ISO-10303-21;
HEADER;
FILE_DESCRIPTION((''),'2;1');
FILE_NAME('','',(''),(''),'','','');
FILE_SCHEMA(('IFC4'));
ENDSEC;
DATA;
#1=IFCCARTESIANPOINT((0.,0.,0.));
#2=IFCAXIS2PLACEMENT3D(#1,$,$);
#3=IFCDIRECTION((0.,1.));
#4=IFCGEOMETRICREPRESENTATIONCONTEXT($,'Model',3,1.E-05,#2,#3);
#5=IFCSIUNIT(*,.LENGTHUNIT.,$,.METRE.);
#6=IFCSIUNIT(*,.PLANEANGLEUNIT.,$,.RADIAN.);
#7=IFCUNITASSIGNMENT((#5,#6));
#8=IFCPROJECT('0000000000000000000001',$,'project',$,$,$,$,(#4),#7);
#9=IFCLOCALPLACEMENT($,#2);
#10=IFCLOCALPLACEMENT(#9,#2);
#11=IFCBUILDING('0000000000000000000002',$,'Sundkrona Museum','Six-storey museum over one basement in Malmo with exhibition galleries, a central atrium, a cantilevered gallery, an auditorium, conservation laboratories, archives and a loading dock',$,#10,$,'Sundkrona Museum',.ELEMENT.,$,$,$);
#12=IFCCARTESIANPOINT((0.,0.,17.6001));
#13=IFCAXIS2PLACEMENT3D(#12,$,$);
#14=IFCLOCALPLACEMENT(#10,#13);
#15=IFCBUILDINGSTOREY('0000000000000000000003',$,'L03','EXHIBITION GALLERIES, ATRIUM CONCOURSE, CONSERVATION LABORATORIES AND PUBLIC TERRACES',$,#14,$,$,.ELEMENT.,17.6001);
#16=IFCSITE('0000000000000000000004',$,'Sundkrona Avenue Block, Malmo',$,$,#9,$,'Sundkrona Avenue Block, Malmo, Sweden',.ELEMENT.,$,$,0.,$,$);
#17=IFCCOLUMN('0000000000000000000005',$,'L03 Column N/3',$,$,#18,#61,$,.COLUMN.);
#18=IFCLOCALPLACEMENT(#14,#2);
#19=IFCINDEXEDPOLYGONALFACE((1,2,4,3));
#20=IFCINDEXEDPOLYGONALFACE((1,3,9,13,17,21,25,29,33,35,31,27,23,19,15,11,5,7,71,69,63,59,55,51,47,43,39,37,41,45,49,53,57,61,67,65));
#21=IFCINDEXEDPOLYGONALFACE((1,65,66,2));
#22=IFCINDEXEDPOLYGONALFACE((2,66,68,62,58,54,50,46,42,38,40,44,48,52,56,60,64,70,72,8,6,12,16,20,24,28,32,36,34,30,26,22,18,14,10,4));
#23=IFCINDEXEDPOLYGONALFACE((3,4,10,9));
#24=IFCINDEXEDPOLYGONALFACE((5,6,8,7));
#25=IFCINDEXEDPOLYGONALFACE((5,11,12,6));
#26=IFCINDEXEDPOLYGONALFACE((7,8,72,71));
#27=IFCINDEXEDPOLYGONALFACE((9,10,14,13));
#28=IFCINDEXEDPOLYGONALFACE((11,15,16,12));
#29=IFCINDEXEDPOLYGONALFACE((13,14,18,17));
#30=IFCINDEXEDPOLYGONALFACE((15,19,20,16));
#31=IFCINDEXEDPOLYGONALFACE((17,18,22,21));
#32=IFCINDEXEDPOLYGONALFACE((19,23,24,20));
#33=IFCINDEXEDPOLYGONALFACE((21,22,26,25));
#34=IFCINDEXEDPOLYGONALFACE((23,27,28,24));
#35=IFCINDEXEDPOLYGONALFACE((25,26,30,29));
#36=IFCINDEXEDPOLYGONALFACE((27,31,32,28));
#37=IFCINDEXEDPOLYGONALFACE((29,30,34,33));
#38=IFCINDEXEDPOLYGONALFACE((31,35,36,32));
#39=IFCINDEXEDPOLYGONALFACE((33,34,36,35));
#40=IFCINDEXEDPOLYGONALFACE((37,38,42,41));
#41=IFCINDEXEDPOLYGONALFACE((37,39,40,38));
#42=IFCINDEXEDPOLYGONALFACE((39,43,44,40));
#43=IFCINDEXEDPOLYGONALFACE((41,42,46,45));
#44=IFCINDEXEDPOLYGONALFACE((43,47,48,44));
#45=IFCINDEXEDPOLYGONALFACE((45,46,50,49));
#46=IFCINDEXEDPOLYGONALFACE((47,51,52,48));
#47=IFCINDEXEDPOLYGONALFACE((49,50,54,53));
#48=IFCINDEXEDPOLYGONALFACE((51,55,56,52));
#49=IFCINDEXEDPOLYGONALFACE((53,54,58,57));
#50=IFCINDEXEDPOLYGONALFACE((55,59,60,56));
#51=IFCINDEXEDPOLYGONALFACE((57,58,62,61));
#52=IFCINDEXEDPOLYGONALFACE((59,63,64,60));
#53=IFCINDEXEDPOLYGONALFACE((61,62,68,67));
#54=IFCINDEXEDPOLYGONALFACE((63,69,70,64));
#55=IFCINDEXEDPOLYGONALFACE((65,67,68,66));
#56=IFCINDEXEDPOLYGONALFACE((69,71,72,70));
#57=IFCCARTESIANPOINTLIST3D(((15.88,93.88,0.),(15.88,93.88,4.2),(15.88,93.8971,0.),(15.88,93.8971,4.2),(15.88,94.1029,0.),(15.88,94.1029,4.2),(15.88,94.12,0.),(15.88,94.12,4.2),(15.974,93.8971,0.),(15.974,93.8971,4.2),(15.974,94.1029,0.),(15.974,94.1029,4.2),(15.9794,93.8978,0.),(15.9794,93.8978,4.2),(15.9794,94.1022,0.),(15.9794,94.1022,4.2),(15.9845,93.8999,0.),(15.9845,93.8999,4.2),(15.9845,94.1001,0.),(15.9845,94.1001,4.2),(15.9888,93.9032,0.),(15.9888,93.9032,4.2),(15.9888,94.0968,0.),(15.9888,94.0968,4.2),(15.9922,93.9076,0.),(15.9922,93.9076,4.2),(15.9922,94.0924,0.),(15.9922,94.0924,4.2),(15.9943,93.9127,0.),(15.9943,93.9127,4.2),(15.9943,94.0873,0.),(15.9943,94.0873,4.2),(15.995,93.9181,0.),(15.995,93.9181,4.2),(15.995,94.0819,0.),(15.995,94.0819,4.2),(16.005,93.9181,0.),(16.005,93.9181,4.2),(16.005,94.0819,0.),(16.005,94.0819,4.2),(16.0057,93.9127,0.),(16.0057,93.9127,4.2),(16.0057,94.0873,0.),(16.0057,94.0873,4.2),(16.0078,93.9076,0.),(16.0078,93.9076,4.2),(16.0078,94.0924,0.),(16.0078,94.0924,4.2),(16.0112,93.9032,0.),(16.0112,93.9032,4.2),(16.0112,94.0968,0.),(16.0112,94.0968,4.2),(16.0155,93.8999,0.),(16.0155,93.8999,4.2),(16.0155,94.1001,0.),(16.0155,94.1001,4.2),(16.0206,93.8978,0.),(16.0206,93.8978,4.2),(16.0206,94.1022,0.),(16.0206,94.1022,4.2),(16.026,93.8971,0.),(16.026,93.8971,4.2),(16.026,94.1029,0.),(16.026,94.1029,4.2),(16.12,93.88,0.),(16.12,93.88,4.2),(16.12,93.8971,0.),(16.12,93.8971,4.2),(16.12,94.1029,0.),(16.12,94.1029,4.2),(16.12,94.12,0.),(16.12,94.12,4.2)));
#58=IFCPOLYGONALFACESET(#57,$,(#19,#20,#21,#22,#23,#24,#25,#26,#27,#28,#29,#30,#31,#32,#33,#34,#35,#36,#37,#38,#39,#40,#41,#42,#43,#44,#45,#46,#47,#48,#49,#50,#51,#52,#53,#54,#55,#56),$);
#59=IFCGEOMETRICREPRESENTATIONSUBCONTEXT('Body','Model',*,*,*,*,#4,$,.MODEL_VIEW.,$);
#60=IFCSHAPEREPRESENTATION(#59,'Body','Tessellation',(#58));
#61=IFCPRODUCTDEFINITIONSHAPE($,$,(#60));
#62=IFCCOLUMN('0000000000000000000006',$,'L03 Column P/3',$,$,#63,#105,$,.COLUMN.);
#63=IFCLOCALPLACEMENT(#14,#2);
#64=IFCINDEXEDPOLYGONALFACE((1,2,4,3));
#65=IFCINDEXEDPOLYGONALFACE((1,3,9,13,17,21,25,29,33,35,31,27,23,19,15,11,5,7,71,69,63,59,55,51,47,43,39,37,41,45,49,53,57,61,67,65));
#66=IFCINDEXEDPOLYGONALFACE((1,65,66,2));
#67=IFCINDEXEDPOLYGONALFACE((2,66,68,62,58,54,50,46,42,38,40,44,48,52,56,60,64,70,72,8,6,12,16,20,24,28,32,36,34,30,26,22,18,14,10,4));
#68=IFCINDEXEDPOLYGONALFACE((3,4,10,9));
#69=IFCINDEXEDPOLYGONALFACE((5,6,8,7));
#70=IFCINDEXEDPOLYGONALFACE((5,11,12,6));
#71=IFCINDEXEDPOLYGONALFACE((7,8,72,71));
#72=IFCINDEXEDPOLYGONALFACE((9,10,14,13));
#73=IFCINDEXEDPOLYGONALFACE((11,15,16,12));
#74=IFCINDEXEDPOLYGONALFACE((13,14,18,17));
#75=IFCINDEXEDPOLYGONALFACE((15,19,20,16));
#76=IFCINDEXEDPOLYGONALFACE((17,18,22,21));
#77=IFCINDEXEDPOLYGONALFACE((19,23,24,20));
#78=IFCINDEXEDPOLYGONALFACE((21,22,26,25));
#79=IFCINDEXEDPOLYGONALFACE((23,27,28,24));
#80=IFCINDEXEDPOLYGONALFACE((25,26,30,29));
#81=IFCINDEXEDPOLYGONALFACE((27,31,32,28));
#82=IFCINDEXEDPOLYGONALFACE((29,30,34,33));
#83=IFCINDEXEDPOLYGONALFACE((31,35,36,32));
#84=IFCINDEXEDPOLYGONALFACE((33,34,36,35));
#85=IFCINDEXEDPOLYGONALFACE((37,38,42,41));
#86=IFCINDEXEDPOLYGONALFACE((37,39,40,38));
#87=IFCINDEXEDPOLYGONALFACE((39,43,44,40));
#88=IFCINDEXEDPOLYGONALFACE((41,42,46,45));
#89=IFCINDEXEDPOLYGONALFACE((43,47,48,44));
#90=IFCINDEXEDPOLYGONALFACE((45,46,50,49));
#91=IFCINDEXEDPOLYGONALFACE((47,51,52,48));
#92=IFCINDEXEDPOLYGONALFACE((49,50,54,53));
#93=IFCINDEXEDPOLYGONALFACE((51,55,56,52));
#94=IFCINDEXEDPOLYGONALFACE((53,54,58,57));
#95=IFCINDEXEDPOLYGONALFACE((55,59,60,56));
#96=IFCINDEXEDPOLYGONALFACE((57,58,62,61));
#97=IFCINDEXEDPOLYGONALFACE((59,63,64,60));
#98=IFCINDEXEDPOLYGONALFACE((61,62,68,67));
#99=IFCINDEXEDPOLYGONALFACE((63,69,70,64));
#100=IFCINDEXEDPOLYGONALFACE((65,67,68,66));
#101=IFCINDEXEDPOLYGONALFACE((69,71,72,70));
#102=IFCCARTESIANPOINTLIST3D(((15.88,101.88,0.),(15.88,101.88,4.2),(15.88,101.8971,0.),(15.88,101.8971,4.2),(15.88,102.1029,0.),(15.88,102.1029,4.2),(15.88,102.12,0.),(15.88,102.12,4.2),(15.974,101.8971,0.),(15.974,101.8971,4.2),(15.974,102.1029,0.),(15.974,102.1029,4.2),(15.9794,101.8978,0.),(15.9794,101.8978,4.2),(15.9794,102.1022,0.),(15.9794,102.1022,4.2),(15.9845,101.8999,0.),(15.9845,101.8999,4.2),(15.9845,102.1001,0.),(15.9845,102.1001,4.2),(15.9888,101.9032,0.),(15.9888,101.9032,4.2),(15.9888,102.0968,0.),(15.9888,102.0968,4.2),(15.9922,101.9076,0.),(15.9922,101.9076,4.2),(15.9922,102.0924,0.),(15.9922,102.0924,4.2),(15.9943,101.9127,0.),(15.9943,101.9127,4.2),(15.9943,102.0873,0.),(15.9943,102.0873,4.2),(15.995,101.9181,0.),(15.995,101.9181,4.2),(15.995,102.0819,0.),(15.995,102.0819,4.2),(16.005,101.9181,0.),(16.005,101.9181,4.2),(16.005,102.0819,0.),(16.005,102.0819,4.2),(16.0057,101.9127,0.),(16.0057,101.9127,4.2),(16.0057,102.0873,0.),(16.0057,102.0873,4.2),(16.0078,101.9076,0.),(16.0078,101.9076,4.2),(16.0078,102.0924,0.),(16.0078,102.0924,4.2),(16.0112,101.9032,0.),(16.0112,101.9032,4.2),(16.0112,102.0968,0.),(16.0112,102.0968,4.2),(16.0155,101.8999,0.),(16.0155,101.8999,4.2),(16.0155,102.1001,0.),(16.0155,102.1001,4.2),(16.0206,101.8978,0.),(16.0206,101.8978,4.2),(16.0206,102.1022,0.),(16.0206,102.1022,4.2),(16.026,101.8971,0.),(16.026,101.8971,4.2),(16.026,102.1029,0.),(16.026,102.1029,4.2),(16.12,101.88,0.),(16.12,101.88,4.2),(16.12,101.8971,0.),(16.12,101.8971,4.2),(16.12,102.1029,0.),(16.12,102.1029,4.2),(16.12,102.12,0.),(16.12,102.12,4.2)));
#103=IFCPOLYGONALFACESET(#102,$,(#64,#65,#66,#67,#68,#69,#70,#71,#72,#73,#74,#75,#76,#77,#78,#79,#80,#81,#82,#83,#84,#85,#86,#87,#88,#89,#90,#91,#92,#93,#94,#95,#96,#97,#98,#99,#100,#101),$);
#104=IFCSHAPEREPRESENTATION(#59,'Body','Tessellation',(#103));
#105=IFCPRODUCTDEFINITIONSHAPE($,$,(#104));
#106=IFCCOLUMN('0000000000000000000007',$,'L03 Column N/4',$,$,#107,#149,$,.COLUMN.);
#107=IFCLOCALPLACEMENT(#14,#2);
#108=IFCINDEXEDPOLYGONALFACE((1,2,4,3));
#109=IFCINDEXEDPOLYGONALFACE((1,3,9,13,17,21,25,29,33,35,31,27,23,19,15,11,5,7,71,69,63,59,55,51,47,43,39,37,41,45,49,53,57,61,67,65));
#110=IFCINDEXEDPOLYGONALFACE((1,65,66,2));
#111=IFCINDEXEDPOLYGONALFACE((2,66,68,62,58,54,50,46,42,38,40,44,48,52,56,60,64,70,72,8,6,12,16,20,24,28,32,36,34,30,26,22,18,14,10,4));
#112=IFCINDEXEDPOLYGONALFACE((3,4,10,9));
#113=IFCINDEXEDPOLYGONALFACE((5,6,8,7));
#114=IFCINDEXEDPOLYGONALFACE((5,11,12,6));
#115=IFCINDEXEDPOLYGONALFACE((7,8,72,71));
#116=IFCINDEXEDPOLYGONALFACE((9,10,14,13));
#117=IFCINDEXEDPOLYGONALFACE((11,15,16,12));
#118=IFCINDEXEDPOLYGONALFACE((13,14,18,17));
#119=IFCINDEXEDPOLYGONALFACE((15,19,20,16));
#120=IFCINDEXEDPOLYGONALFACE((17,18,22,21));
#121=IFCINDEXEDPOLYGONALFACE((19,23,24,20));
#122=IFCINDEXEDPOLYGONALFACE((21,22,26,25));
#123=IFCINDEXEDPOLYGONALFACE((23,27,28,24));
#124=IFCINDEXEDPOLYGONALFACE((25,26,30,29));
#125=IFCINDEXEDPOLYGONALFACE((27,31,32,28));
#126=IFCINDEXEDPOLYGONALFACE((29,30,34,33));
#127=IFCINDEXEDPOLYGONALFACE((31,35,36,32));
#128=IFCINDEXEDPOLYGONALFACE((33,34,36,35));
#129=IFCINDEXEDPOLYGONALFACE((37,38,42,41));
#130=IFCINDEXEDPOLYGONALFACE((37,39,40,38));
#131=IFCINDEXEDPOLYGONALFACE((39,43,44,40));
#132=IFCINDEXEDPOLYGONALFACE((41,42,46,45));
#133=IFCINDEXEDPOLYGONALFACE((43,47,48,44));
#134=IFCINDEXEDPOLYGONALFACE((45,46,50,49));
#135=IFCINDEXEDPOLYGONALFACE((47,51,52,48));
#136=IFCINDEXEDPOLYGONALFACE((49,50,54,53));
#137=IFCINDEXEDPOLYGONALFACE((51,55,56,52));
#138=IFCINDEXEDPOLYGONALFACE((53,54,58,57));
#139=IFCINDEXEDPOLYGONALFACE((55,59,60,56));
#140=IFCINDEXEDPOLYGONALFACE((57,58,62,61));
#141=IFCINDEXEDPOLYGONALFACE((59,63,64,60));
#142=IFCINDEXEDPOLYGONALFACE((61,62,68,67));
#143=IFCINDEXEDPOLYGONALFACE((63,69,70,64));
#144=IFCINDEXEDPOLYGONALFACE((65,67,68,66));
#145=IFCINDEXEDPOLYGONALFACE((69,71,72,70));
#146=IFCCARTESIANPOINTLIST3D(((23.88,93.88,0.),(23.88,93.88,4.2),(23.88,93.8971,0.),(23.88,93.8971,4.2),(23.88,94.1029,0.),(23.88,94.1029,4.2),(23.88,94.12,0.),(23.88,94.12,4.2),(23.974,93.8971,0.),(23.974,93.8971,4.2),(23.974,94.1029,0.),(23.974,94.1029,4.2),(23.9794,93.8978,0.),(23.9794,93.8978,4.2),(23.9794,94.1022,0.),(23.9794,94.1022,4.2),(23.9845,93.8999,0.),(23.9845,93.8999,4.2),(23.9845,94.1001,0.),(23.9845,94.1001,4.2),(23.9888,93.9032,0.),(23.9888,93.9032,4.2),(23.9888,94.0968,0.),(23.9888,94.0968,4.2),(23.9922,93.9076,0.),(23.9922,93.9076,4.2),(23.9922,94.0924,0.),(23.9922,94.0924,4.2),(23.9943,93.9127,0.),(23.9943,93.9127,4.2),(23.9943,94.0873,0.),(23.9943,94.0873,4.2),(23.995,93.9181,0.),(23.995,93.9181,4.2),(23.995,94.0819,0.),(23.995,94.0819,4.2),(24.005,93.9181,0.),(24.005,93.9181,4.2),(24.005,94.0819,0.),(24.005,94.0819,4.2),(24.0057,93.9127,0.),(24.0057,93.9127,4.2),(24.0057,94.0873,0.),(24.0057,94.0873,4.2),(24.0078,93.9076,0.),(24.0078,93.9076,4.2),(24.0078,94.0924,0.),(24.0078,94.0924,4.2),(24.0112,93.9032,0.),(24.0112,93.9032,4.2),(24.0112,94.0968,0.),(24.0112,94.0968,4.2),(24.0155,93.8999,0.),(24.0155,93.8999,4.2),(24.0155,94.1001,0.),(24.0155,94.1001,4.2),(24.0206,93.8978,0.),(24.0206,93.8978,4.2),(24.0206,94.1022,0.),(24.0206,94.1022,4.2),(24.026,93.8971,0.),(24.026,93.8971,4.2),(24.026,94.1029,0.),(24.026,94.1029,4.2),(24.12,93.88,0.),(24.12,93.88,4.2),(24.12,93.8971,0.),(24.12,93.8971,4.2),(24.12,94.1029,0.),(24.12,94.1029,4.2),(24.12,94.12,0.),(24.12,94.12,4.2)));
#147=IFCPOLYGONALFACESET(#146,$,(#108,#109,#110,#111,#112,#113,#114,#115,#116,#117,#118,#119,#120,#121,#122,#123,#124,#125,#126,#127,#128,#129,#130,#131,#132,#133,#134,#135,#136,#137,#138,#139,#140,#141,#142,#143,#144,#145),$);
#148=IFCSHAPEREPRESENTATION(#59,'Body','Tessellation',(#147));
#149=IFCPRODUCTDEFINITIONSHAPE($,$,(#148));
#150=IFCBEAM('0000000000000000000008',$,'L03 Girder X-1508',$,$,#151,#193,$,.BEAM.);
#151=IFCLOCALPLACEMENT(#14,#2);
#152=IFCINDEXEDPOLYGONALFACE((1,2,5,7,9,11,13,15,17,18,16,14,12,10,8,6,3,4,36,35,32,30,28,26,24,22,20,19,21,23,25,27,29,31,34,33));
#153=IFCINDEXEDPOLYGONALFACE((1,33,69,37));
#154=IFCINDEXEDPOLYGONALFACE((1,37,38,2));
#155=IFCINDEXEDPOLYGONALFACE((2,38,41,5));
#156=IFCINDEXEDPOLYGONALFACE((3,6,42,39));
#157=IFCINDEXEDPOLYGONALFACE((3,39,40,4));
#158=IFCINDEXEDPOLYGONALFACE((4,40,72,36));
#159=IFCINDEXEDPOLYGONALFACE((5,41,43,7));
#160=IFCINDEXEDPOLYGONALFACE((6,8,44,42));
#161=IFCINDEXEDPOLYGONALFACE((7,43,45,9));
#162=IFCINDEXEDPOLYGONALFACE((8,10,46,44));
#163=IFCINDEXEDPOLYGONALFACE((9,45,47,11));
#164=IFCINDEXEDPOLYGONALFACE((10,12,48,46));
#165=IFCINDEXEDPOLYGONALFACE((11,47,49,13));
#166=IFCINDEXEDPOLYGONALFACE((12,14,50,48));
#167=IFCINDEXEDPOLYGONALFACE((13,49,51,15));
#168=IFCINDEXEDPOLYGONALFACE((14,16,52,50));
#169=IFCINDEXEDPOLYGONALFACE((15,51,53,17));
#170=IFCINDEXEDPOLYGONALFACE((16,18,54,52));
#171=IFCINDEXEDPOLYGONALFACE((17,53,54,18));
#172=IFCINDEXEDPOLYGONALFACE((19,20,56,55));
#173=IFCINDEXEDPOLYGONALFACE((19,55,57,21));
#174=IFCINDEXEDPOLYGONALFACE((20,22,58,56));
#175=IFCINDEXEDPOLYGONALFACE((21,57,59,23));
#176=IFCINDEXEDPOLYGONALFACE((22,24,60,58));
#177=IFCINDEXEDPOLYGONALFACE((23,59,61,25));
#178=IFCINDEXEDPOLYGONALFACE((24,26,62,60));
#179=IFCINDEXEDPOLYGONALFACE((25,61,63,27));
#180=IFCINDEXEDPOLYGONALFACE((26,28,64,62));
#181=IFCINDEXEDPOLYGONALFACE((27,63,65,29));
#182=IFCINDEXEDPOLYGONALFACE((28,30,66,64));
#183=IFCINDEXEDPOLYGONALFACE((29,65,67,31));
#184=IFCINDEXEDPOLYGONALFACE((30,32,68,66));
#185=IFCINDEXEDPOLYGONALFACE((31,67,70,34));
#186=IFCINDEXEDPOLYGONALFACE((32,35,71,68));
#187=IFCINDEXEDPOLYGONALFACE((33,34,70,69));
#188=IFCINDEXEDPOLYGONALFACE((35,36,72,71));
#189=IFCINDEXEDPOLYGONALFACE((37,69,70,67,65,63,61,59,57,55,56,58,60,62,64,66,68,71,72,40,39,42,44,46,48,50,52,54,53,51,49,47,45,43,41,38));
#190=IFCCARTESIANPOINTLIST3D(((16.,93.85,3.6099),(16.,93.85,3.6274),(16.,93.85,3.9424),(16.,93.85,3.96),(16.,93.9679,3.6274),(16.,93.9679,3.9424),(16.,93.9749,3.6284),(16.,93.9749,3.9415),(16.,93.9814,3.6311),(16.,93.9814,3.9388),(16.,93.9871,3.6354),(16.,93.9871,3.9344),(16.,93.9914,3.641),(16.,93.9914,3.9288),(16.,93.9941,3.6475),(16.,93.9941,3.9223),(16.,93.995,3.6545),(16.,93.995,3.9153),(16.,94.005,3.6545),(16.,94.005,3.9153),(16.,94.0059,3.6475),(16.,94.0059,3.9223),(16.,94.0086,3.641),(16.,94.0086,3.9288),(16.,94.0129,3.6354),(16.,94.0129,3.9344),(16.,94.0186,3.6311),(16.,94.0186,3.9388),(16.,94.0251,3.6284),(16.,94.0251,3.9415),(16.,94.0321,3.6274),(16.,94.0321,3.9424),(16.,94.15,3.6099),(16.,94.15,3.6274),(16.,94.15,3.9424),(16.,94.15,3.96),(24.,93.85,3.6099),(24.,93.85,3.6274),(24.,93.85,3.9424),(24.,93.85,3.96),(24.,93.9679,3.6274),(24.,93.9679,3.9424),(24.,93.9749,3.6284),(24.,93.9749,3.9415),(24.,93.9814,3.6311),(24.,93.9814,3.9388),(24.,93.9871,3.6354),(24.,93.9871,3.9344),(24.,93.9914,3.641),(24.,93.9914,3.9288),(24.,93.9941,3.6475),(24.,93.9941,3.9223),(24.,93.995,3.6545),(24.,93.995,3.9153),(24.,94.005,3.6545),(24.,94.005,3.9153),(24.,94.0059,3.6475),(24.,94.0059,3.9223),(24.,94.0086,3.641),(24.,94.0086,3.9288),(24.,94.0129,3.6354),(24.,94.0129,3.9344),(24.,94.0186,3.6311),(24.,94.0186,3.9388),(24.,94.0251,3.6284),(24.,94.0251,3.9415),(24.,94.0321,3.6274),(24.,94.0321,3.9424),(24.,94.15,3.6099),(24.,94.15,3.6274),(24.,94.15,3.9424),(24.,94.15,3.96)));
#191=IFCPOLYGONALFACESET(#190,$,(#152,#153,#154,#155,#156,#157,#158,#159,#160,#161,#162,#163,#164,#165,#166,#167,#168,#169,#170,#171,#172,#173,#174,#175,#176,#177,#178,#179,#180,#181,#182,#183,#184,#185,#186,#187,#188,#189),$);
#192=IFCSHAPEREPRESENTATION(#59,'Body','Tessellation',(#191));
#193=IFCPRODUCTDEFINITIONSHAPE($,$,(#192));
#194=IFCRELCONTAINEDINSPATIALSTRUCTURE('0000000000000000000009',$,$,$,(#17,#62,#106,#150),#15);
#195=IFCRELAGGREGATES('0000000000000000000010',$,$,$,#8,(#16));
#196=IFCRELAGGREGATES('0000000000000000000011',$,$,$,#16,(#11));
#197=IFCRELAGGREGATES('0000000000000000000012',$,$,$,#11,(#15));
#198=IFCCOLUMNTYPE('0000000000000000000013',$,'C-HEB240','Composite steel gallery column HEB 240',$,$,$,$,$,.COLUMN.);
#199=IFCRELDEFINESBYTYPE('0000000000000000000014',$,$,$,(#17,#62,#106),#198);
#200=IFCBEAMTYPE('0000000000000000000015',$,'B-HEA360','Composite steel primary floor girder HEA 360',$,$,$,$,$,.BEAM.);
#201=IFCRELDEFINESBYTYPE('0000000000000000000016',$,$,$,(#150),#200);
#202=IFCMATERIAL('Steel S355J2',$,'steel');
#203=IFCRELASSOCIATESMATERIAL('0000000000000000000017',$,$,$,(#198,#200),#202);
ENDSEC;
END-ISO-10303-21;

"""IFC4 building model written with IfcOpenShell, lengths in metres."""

from ifc_helpers import new_model, si_unit, direction, frame, origin, origin_2d, place, context, subcontext, project, spatial, i_section, extrude, material, material_profile, profile_set, type_object, element, save


model = new_model("IFC4")

# Units and contexts
model_context = context("Model", 3, precision=1e-05, world=origin(), true_north=direction((0.0, 1.0)))
body_context = subcontext(model_context, "Body", "Model", "MODEL_VIEW")
ifc_project = project(units=[si_unit("LENGTHUNIT", "METRE"), si_unit("PLANEANGLEUNIT", "RADIAN")], contexts=[model_context])

# Site, building, storey
site_placement = place(None, origin())
site = spatial("IfcSite", under=ifc_project, at=site_placement, Name="Sundkrona Avenue Block, Malmo", LongName="Sundkrona Avenue Block, Malmo, Sweden", CompositionType="ELEMENT", RefElevation=0.0)
building_placement = place(site_placement, origin())
building = spatial("IfcBuilding", under=site, at=building_placement, Name="Sundkrona Museum", Description="Six-storey museum over one basement in Malmo with exhibition galleries, a central atrium, a cantilevered gallery, an auditorium, conservation laboratories, archives and a loading dock", LongName="Sundkrona Museum", CompositionType="ELEMENT")
storey_placement = place(building_placement, frame((0.0, 0.0, 17.6001)))
storey = spatial("IfcBuildingStorey", under=building, at=storey_placement, Name="L03", Description="EXHIBITION GALLERIES, ATRIUM CONCOURSE, CONSERVATION LABORATORIES AND PUBLIC TERRACES", CompositionType="ELEMENT", Elevation=17.6001)

# Columns
ifc_material_1 = material(Name="Steel S355J2", Category="steel")
ifc_material_profile_1 = material_profile(ifc_material_1, i_section(OverallWidth=0.24, OverallDepth=0.24, WebThickness=0.01, FlangeThickness=0.0171, FilletRadius=0.021, at=origin_2d()), Name="HEB 240")
ifc_profile_set_1 = profile_set([ifc_material_profile_1], Name="Steel S355J2")
column_type = type_object("IfcColumnType", Name="C-HEB240", Description="Composite steel gallery column HEB 240", PredefinedType="COLUMN", material=ifc_profile_set_1)
for number, where, z_axis, x_axis, name in (
    (1, (16.0, 94.0, 0.0), (0.0, 0.0, 1.0), (1.0, 0.0, 0.0), "L03 Column N/3"),
    (2, (16.0, 102.0, 0.0), (0.0, 0.0, 1.0), (1.0, 0.0, 0.0), "L03 Column P/3"),
    (3, (24.0, 94.0, 0.0), (0.0, 0.0, 1.0), (1.0, 0.0, 0.0), "L03 Column N/4"),
):
    element("IfcColumn", number, at=place(storey_placement, frame(where, z_axis=z_axis, x_axis=x_axis)), inside=storey, type_object=column_type, Name=name, PredefinedType="COLUMN", context=body_context, shape_type="SweptSolid", body=[
        extrude(i_section(OverallWidth=0.24, OverallDepth=0.24, WebThickness=0.01, FlangeThickness=0.0171, FilletRadius=0.021, at=origin_2d()), origin(), (0.0, 0.0, 1.0), 4.2),
    ])

# Beam
ifc_material_profile_2 = material_profile(ifc_material_1, i_section(OverallWidth=0.3, OverallDepth=0.3501, WebThickness=0.01, FlangeThickness=0.0176, FilletRadius=0.0271, at=origin_2d()), Name="HEA 360")
ifc_profile_set_2 = profile_set([ifc_material_profile_2], Name="Steel S355J2")
beam_type_1 = type_object("IfcBeamType", Name="B-HEA360", Description="Composite steel primary floor girder HEA 360", PredefinedType="BEAM", material=ifc_profile_set_2)
for number, where, z_axis, x_axis, name in (
    (4, (16.0, 94.0, 3.7849), (1.0, 0.0, 0.0), (0.0, 1.0, 0.0), "L03 Girder X-1508"),
):
    element("IfcBeam", number, at=place(storey_placement, frame(where, z_axis=z_axis, x_axis=x_axis)), inside=storey, type_object=beam_type_1, Name=name, PredefinedType="BEAM", context=body_context, shape_type="SweptSolid", body=[
        extrude(i_section(OverallWidth=0.3, OverallDepth=0.3501, WebThickness=0.01, FlangeThickness=0.0176, FilletRadius=0.0271, at=origin_2d()), origin(), (0.0, 0.0, 1.0), 8.0),
    ])

save(model, "model.ifc")
